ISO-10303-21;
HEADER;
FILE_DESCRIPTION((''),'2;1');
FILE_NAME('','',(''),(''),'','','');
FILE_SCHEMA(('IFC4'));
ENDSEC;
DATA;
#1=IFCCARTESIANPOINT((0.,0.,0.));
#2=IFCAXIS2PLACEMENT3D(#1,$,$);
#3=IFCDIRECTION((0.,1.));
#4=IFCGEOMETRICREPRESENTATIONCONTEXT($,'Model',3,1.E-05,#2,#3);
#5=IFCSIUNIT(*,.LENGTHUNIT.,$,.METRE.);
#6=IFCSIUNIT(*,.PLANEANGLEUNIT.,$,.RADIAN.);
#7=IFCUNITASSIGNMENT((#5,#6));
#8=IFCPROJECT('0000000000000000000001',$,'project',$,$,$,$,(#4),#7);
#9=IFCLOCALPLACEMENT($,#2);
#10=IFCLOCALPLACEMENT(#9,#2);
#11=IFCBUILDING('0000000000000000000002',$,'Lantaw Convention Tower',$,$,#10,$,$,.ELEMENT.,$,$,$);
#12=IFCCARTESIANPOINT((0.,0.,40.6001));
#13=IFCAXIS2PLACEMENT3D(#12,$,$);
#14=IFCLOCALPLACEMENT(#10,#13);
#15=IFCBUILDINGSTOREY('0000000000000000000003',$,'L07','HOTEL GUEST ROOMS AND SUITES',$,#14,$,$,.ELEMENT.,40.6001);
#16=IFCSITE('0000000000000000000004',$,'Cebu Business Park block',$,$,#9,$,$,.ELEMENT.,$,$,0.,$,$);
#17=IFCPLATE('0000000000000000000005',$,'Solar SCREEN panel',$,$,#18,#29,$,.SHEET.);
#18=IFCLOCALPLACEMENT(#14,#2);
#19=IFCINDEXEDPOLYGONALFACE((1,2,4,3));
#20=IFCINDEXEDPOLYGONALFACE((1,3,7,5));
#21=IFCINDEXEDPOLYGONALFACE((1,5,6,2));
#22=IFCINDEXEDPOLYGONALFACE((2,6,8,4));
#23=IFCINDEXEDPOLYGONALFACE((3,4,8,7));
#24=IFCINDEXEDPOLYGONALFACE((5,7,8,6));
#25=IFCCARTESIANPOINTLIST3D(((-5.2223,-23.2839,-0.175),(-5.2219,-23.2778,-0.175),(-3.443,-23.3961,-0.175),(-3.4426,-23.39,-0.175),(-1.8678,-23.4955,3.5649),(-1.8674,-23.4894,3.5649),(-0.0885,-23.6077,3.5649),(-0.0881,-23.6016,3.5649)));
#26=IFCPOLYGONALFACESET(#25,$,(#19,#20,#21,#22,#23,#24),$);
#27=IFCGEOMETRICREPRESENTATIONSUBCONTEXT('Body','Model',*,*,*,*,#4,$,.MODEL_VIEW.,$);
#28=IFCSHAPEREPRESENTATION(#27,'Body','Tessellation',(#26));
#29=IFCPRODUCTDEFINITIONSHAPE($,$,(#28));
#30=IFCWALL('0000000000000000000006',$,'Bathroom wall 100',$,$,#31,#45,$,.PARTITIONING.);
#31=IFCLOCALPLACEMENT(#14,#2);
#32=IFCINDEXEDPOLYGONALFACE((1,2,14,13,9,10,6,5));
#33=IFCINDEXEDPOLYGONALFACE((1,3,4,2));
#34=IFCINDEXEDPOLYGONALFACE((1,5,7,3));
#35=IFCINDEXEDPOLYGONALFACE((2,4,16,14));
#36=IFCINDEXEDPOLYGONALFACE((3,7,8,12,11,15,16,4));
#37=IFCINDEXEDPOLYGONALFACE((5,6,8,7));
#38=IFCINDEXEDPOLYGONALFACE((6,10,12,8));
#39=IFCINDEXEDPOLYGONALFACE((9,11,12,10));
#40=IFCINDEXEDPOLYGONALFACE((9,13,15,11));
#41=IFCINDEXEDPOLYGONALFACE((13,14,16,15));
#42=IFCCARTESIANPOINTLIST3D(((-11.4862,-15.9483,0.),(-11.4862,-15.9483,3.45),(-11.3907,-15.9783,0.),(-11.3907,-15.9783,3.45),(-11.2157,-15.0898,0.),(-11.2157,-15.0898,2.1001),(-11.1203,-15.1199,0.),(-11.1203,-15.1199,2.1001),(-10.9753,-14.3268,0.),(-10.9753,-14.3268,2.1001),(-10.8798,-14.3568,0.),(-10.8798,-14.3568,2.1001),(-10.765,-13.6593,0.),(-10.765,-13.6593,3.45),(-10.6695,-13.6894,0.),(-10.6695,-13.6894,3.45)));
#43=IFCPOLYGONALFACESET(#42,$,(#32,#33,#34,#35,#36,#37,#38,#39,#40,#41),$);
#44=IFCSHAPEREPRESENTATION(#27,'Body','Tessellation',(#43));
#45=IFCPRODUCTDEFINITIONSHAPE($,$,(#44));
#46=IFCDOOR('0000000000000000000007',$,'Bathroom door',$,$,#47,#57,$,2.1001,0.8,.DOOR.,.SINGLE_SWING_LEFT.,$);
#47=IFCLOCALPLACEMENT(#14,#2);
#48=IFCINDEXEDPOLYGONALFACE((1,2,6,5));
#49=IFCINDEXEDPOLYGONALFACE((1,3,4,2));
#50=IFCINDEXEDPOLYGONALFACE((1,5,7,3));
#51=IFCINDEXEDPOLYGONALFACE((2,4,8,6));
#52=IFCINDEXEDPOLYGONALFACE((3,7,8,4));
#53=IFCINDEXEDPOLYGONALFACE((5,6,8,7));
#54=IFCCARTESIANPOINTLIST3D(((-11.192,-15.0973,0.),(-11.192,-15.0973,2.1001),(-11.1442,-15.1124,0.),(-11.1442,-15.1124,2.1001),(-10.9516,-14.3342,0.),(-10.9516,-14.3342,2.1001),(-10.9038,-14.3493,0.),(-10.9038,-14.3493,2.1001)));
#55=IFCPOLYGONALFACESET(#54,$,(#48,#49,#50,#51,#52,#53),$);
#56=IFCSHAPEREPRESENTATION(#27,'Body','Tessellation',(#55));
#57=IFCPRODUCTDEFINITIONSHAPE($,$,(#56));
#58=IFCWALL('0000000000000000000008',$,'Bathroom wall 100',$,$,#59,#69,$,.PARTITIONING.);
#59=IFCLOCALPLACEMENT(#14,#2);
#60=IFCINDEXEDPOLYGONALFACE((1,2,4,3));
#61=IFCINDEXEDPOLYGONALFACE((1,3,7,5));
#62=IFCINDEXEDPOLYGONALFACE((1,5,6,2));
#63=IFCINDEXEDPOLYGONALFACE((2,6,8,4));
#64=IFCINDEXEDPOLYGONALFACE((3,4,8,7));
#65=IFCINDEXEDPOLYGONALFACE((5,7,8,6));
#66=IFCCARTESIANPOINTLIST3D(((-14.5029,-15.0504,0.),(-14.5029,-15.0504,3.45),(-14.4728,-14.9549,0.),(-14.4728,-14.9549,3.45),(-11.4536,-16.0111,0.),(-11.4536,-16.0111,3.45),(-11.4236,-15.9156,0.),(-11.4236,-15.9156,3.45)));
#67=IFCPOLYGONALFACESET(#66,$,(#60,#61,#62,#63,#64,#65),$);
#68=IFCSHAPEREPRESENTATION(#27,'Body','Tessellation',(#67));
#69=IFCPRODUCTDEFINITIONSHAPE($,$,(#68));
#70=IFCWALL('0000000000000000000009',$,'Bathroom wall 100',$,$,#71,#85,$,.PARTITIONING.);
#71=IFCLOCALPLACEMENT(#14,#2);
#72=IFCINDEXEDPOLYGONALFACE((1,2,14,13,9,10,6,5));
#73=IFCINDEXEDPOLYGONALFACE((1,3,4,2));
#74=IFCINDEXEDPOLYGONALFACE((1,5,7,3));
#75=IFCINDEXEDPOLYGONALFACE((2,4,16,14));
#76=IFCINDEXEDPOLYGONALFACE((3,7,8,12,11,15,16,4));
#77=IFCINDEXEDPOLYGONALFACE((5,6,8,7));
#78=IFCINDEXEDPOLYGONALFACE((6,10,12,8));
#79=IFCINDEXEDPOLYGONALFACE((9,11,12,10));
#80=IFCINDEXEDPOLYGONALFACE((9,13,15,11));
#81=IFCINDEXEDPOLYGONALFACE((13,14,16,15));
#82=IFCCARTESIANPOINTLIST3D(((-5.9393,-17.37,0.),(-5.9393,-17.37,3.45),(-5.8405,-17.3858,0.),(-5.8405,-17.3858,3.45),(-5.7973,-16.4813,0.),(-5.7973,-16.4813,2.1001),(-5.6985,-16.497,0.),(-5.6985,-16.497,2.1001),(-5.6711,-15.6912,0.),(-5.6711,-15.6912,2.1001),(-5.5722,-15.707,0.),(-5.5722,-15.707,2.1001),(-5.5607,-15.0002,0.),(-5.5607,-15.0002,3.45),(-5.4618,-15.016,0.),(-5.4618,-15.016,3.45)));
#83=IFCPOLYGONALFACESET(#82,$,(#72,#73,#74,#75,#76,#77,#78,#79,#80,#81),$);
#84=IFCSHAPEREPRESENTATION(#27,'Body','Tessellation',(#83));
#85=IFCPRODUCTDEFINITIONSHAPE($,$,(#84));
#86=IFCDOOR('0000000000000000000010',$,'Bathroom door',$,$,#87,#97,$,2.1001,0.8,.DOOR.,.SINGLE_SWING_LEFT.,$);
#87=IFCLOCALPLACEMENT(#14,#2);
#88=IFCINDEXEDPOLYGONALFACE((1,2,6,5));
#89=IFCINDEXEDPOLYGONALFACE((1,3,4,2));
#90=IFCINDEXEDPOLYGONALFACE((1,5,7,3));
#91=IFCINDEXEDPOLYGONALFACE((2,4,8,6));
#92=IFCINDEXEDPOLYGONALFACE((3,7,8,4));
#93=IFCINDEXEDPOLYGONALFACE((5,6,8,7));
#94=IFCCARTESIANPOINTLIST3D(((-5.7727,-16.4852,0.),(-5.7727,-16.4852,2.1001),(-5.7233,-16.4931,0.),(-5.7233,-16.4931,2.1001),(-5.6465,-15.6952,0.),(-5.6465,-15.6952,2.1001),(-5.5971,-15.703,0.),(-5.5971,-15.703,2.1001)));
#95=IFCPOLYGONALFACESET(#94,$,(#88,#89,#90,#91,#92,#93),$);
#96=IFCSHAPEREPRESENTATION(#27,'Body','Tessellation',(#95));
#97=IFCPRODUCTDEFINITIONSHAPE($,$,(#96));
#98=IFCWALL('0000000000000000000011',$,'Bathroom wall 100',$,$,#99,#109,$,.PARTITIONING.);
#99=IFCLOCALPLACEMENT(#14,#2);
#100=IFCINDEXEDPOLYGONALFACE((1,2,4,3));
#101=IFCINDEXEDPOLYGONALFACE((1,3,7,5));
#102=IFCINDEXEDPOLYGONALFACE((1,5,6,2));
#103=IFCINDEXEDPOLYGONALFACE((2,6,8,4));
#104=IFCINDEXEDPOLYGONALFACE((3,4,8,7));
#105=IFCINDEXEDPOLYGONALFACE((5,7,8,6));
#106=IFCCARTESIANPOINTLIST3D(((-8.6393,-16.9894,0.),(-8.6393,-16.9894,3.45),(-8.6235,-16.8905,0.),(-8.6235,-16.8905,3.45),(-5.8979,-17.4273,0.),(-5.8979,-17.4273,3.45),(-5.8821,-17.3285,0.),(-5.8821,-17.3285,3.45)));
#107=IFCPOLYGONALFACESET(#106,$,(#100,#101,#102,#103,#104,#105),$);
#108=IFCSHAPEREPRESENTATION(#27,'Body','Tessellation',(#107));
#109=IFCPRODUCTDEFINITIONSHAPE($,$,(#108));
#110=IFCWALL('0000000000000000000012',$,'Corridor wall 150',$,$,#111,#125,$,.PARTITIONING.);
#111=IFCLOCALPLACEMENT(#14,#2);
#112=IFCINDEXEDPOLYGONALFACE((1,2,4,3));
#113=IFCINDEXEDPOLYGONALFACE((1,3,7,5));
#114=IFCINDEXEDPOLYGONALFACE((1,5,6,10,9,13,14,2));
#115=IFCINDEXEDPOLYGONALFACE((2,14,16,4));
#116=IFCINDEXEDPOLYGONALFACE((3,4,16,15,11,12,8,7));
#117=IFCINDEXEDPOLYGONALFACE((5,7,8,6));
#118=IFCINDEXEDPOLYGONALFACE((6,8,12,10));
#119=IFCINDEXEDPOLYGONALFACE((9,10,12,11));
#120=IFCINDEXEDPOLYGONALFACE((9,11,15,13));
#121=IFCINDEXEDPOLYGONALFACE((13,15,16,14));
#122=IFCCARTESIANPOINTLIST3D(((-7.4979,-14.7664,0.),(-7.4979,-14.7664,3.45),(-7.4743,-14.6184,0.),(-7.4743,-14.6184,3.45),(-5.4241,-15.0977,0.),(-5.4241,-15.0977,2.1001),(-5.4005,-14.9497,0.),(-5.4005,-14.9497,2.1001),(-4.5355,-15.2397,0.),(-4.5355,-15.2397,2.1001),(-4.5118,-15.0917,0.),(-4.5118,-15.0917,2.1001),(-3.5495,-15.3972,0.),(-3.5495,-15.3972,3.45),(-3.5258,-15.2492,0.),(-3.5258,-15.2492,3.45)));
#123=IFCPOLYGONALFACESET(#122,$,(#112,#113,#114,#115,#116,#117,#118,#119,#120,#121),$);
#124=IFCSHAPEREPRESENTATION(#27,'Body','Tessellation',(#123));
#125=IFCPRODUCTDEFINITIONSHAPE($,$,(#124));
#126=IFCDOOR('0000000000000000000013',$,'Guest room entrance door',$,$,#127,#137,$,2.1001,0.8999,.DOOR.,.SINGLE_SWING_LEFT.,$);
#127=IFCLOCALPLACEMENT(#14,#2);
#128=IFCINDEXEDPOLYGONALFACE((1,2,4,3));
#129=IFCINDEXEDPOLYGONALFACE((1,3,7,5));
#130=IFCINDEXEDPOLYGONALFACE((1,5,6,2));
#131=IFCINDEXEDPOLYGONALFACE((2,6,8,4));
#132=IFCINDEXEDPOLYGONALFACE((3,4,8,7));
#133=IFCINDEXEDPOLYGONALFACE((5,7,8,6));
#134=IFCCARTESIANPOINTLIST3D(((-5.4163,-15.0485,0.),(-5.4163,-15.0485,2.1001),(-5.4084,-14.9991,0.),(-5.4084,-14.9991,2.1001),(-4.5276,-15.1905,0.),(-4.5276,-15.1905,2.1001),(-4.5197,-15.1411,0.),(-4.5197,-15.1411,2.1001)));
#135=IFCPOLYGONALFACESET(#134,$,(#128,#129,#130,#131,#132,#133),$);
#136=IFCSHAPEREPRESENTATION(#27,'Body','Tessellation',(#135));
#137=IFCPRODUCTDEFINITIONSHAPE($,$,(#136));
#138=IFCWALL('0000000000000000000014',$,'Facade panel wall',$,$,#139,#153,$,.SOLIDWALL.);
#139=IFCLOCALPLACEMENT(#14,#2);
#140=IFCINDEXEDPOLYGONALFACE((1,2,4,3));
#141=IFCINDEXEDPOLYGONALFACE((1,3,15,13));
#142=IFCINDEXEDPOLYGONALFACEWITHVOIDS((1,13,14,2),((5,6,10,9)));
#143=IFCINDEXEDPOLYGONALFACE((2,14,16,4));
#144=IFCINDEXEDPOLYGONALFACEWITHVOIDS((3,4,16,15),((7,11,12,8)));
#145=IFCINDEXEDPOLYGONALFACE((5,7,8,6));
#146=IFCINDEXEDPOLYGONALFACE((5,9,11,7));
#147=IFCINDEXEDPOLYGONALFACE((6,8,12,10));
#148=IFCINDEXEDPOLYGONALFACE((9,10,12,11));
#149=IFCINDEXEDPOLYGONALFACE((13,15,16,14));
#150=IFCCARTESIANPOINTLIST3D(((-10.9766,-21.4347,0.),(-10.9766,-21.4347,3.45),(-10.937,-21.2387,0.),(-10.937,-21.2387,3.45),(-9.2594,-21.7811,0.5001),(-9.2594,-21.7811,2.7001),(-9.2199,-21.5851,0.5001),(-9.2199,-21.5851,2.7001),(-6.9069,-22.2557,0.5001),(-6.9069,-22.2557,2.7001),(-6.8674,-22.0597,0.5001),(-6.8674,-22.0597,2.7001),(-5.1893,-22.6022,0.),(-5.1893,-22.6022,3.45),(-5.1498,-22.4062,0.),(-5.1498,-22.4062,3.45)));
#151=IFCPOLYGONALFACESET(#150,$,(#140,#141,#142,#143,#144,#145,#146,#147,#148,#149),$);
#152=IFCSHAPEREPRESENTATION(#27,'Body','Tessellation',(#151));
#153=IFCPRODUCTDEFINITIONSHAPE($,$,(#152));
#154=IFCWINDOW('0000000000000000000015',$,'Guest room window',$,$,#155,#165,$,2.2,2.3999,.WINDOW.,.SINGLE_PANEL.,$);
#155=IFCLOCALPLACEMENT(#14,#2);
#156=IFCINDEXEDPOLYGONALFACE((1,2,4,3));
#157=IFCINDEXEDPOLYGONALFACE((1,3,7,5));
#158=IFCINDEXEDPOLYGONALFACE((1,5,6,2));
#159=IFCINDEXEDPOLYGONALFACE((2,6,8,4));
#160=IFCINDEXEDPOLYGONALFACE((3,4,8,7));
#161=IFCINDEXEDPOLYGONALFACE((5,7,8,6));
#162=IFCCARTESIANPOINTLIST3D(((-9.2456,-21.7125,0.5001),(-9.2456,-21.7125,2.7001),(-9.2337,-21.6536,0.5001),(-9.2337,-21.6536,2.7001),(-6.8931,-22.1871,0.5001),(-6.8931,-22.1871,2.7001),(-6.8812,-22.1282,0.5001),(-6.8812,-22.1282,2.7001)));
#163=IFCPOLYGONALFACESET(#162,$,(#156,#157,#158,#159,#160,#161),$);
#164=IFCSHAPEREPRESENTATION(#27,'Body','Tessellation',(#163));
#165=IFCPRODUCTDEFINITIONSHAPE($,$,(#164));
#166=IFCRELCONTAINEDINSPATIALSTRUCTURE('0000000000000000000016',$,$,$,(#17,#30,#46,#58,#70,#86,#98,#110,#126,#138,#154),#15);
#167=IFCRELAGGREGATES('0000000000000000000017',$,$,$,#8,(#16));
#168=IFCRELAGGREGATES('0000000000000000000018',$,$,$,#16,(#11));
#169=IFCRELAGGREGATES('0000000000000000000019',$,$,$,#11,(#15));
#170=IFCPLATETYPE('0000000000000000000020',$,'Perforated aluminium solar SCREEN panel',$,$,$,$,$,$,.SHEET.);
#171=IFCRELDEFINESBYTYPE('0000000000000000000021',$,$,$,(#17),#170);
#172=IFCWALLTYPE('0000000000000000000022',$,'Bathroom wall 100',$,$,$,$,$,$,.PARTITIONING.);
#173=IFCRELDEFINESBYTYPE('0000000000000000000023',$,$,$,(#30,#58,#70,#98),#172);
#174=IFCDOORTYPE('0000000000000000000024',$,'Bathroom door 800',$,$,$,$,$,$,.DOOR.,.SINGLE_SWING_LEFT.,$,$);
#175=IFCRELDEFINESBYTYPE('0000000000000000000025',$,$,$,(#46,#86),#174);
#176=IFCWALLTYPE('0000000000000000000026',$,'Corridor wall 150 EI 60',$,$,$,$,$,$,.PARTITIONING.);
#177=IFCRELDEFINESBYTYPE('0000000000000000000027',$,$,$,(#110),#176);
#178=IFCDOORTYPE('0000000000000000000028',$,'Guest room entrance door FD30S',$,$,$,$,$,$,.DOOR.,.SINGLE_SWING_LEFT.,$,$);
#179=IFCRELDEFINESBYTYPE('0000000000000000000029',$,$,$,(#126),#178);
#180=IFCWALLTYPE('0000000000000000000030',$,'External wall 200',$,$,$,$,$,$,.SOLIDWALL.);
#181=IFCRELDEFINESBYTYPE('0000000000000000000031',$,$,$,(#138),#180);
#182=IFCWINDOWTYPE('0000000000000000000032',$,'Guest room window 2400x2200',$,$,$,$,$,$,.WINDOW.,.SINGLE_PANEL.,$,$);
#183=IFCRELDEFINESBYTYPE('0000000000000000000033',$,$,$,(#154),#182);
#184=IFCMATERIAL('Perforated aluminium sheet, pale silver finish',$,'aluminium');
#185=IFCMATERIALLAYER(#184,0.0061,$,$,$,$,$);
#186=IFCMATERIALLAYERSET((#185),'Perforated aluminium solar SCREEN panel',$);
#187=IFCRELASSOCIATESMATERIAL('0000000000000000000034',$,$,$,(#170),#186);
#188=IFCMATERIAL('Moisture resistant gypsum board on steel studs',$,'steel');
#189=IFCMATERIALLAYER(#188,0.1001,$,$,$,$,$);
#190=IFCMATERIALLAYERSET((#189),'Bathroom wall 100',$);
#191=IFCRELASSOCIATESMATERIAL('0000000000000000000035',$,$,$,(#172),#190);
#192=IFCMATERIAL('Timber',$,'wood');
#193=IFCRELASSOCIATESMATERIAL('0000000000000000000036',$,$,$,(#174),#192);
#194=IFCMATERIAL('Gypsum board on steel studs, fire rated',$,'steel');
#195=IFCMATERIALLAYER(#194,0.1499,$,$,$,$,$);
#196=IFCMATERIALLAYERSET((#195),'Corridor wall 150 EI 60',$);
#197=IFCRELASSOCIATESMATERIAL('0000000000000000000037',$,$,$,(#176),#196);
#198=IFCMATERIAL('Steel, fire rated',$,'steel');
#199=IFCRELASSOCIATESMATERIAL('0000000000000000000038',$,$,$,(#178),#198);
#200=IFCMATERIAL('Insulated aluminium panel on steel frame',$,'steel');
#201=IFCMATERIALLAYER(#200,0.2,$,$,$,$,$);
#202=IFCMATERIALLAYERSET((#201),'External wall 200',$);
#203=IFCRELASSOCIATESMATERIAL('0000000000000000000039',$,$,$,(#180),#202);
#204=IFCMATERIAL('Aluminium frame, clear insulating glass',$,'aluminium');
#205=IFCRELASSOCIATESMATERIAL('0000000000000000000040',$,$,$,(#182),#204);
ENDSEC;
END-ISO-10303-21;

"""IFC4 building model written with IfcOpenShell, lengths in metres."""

from ifc_helpers import new_model, si_unit, direction, frame, frame_2d, origin, place, context, subcontext, project, spatial, polyline, rectangle, outline, extrude, material, layer, layer_set, type_object, element, fill, save


model = new_model("IFC4")

# Units and contexts
model_context = context("Model", 3, precision=1e-05, world=origin(), true_north=direction((0.0, 1.0)))
body_context = subcontext(model_context, "Body", "Model", "MODEL_VIEW")
ifc_project = project(units=[si_unit("LENGTHUNIT", "METRE"), si_unit("PLANEANGLEUNIT", "RADIAN")], contexts=[model_context])

# Site, building, storey
site_placement = place(None, origin())
site = spatial("IfcSite", under=ifc_project, at=site_placement, Name="Cebu Business Park block", CompositionType="ELEMENT", RefElevation=0.0)
building_placement = place(site_placement, origin())
building = spatial("IfcBuilding", under=site, at=building_placement, Name="Lantaw Convention Tower", CompositionType="ELEMENT")
storey_placement = place(building_placement, frame((0.0, 0.0, 40.6001)))
storey = spatial("IfcBuildingStorey", under=building, at=storey_placement, Name="L07", Description="HOTEL GUEST ROOMS AND SUITES", CompositionType="ELEMENT", Elevation=40.6001)

# Plate
ifc_material_1 = material(Name="Perforated aluminium sheet, pale silver finish", Category="aluminium")
ifc_layer_1 = layer(ifc_material_1, 0.0061)
ifc_layer_set_1 = layer_set([ifc_layer_1], Name="Perforated aluminium solar SCREEN panel")
plate_type = type_object("IfcPlateType", Name="Perforated aluminium solar SCREEN panel", PredefinedType="SHEET", material=ifc_layer_set_1)
plate_1_placement = place(storey_placement, frame((-5.2219, -23.2778, -0.175), z_axis=(0.062924, 0.998018, 0.000014), x_axis=(0.998018, -0.062924, 0.0)))
element("IfcPlate", 1, at=plate_1_placement, inside=storey, type_object=plate_type, Name="Solar SCREEN panel", PredefinedType="SHEET", context=body_context, shape_type="SweptSolid", body=[
    extrude(outline(polyline([(0.0, 0.0), (1.7828, 0.0), (5.144, -3.74), (3.3612, -3.74), (0.0, 0.0)])), origin(), (0.0, 0.0, -1.0), 0.0061),
])

# Wall, opening, door
ifc_material_2 = material(Name="Moisture resistant gypsum board on steel studs", Category="steel")
ifc_layer_2 = layer(ifc_material_2, 0.1001)
ifc_layer_set_2 = layer_set([ifc_layer_2], Name="Bathroom wall 100")
wall_type_1 = type_object("IfcWallType", Name="Bathroom wall 100", PredefinedType="PARTITIONING", material=ifc_layer_set_2)
wall_1_placement = place(storey_placement, frame((-10.7173, -13.6743, 0.0), z_axis=(0.0, 0.0, 1.0), x_axis=(-0.300498, -0.953782, 0.0)))
wall_1 = element("IfcWall", 2, at=wall_1_placement, inside=storey, type_object=wall_type_1, Name="Bathroom wall 100", PredefinedType="PARTITIONING", context=body_context, shape_type="SweptSolid", body=[
    extrude(rectangle(XDim=2.3999, YDim=0.1001, at=frame_2d((1.2, 0.0))), origin(), (0.0, 0.0, 1.0), 3.45),
])
opening_1_placement = place(wall_1_placement, frame((0.7, 0.0, 0.0)))
opening_1 = element("IfcOpeningElement", 3, at=opening_1_placement, cuts=wall_1, PredefinedType="OPENING", context=body_context, shape_type="SweptSolid", body=[
    extrude(rectangle(XDim=0.8, YDim=2.1001, at=frame_2d((0.3999, 1.05))), frame((0.0, 0.0601, 0.0), z_axis=(0.0, -1.0, 0.0), x_axis=(1.0, 0.0, 0.0)), (0.0, 0.0, 1.0), 0.1201),
])
ifc_material_3 = material(Name="Timber", Category="wood")
door_type_1 = type_object("IfcDoorType", Name="Bathroom door 800", OperationType="SINGLE_SWING_LEFT", PredefinedType="DOOR", material=ifc_material_3)
door_1_placement = place(opening_1_placement, origin())
door_1 = element("IfcDoor", 4, at=door_1_placement, inside=storey, type_object=door_type_1, Name="Bathroom door", OperationType="SINGLE_SWING_LEFT", OverallHeight=2.1001, OverallWidth=0.8, PredefinedType="DOOR", context=body_context, shape_type="SweptSolid", body=[
    extrude(rectangle(XDim=0.8, YDim=2.1001, at=frame_2d((0.3999, 1.05))), frame((0.0, 0.0249, 0.0), z_axis=(0.0, -1.0, 0.0), x_axis=(1.0, 0.0, 0.0)), (0.0, 0.0, 1.0), 0.05),
])
fill(opening_1, door_1)

# Wall
wall_2_placement = place(storey_placement, frame((-11.4385, -15.9634, 0.0), z_axis=(0.0, 0.0, 1.0), x_axis=(-0.953784, 0.300492, 0.0)))
element("IfcWall", 5, at=wall_2_placement, inside=storey, type_object=wall_type_1, Name="Bathroom wall 100", PredefinedType="PARTITIONING", context=body_context, shape_type="SweptSolid", body=[
    extrude(rectangle(XDim=3.197, YDim=0.1001, at=frame_2d((1.5986, 0.0))), origin(), (0.0, 0.0, 1.0), 3.45),
])

# Wall, opening, door
wall_3_placement = place(storey_placement, frame((-5.5112, -15.0081, 0.0), z_axis=(0.0, 0.0, 1.0), x_axis=(-0.15778, -0.987474, 0.0)))
wall_3 = element("IfcWall", 6, at=wall_3_placement, inside=storey, type_object=wall_type_1, Name="Bathroom wall 100", PredefinedType="PARTITIONING", context=body_context, shape_type="SweptSolid", body=[
    extrude(rectangle(XDim=2.3999, YDim=0.1001, at=frame_2d((1.2, 0.0))), origin(), (0.0, 0.0, 1.0), 3.45),
])
opening_2_placement = place(wall_3_placement, frame((0.7, 0.0, 0.0)))
opening_2 = element("IfcOpeningElement", 7, at=opening_2_placement, cuts=wall_3, PredefinedType="OPENING", context=body_context, shape_type="SweptSolid", body=[
    extrude(rectangle(XDim=0.8, YDim=2.1001, at=frame_2d((0.3999, 1.05))), frame((0.0, 0.0601, 0.0), z_axis=(0.0, -1.0, 0.0), x_axis=(1.0, 0.0, 0.0)), (0.0, 0.0, 1.0), 0.1201),
])
door_2_placement = place(opening_2_placement, origin())
door_2 = element("IfcDoor", 8, at=door_2_placement, inside=storey, type_object=door_type_1, Name="Bathroom door", OperationType="SINGLE_SWING_LEFT", OverallHeight=2.1001, OverallWidth=0.8, PredefinedType="DOOR", context=body_context, shape_type="SweptSolid", body=[
    extrude(rectangle(XDim=0.8, YDim=2.1001, at=frame_2d((0.3999, 1.05))), frame((0.0, 0.0249, 0.0), z_axis=(0.0, -1.0, 0.0), x_axis=(1.0, 0.0, 0.0)), (0.0, 0.0, 1.0), 0.05),
])
fill(opening_2, door_2)

# Wall
wall_4_placement = place(storey_placement, frame((-5.8899, -17.3779, 0.0), z_axis=(0.0, 0.0, 1.0), x_axis=(-0.987477, 0.157764, 0.0)))
element("IfcWall", 9, at=wall_4_placement, inside=storey, type_object=wall_type_1, Name="Bathroom wall 100", PredefinedType="PARTITIONING", context=body_context, shape_type="SweptSolid", body=[
    extrude(rectangle(XDim=2.7761, YDim=0.1001, at=frame_2d((1.3882, 0.0))), origin(), (0.0, 0.0, 1.0), 3.45),
])

# Wall, opening, door
ifc_material_4 = material(Name="Gypsum board on steel studs, fire rated", Category="steel")
ifc_layer_3 = layer(ifc_material_4, 0.1499)
ifc_layer_set_3 = layer_set([ifc_layer_3], Name="Corridor wall 150 EI 60")
wall_type_2 = type_object("IfcWallType", Name="Corridor wall 150 EI 60", PredefinedType="PARTITIONING", material=ifc_layer_set_3)
wall_5_placement = place(storey_placement, frame((-7.4861, -14.6924, 0.0), z_axis=(0.0, 0.0, 1.0), x_axis=(0.987476, -0.157771, 0.0)))
wall_5 = element("IfcWall", 10, at=wall_5_placement, inside=storey, type_object=wall_type_2, Name="Corridor wall 150", PredefinedType="PARTITIONING", context=body_context, shape_type="SweptSolid", body=[
    extrude(rectangle(XDim=3.9985, YDim=0.1499, at=frame_2d((1.9993, 0.0))), origin(), (0.0, 0.0, 1.0), 3.45),
])
opening_3_placement = place(wall_5_placement, frame((2.1001, 0.0, 0.0)))
opening_3 = element("IfcOpeningElement", 11, at=opening_3_placement, cuts=wall_5, PredefinedType="OPENING", context=body_context, shape_type="SweptSolid", body=[
    extrude(rectangle(XDim=0.8999, YDim=2.1001, at=frame_2d((0.45, 1.05))), frame((0.0, 0.085, 0.0), z_axis=(0.0, -1.0, 0.0), x_axis=(1.0, 0.0, 0.0)), (0.0, 0.0, 1.0), 0.1699),
])
ifc_material_5 = material(Name="Steel, fire rated", Category="steel")
door_type_2 = type_object("IfcDoorType", Name="Guest room entrance door FD30S", OperationType="SINGLE_SWING_LEFT", PredefinedType="DOOR", material=ifc_material_5)
door_3_placement = place(opening_3_placement, origin())
door_3 = element("IfcDoor", 12, at=door_3_placement, inside=storey, type_object=door_type_2, Name="Guest room entrance door", OperationType="SINGLE_SWING_LEFT", OverallHeight=2.1001, OverallWidth=0.8999, PredefinedType="DOOR", context=body_context, shape_type="SweptSolid", body=[
    extrude(rectangle(XDim=0.8999, YDim=2.1001, at=frame_2d((0.45, 1.05))), frame((0.0, 0.0249, 0.0), z_axis=(0.0, -1.0, 0.0), x_axis=(1.0, 0.0, 0.0)), (0.0, 0.0, 1.0), 0.05),
])
fill(opening_3, door_3)

# Wall, opening, window
ifc_material_6 = material(Name="Insulated aluminium panel on steel frame", Category="steel")
ifc_layer_4 = layer(ifc_material_6, 0.2)
ifc_layer_set_4 = layer_set([ifc_layer_4], Name="External wall 200")
wall_type_3 = type_object("IfcWallType", Name="External wall 200", PredefinedType="SOLIDWALL", material=ifc_layer_set_4)
wall_6_placement = place(storey_placement, frame((-10.9568, -21.3367, 0.0), z_axis=(0.0, 0.0, 1.0), x_axis=(0.980252, -0.197754, 0.0)))
wall_6 = element("IfcWall", 13, at=wall_6_placement, inside=storey, type_object=wall_type_3, Name="Facade panel wall", PredefinedType="SOLIDWALL", context=body_context, shape_type="SweptSolid", body=[
    extrude(rectangle(XDim=5.9038, YDim=0.2, at=frame_2d((2.9519, 0.0))), origin(), (0.0, 0.0, 1.0), 3.45),
])
opening_4_placement = place(wall_6_placement, frame((1.7517, 0.0, 0.5)))
opening_4 = element("IfcOpeningElement", 14, at=opening_4_placement, cuts=wall_6, PredefinedType="OPENING", context=body_context, shape_type="SweptSolid", body=[
    extrude(rectangle(XDim=2.3999, YDim=2.2, at=frame_2d((1.2, 1.1001))), frame((0.0, 0.1099, 0.0), z_axis=(0.0, -1.0, 0.0), x_axis=(1.0, 0.0, 0.0)), (0.0, 0.0, 1.0), 0.22),
])
ifc_material_7 = material(Name="Aluminium frame, clear insulating glass", Category="aluminium")
window_type = type_object("IfcWindowType", Name="Guest room window 2400x2200", PartitioningType="SINGLE_PANEL", PredefinedType="WINDOW", material=ifc_material_7)
window_1_placement = place(opening_4_placement, origin())
window_1 = element("IfcWindow", 15, at=window_1_placement, inside=storey, type_object=window_type, Name="Guest room window", OverallHeight=2.2, OverallWidth=2.3999, PartitioningType="SINGLE_PANEL", PredefinedType="WINDOW", context=body_context, shape_type="SweptSolid", body=[
    extrude(rectangle(XDim=2.3999, YDim=2.2, at=frame_2d((1.2, 1.1001))), frame((0.0, 0.03, 0.0), z_axis=(0.0, -1.0, 0.0), x_axis=(1.0, 0.0, 0.0)), (0.0, 0.0, 1.0), 0.0601),
])
fill(opening_4, window_1)

save(model, "model.ifc")
